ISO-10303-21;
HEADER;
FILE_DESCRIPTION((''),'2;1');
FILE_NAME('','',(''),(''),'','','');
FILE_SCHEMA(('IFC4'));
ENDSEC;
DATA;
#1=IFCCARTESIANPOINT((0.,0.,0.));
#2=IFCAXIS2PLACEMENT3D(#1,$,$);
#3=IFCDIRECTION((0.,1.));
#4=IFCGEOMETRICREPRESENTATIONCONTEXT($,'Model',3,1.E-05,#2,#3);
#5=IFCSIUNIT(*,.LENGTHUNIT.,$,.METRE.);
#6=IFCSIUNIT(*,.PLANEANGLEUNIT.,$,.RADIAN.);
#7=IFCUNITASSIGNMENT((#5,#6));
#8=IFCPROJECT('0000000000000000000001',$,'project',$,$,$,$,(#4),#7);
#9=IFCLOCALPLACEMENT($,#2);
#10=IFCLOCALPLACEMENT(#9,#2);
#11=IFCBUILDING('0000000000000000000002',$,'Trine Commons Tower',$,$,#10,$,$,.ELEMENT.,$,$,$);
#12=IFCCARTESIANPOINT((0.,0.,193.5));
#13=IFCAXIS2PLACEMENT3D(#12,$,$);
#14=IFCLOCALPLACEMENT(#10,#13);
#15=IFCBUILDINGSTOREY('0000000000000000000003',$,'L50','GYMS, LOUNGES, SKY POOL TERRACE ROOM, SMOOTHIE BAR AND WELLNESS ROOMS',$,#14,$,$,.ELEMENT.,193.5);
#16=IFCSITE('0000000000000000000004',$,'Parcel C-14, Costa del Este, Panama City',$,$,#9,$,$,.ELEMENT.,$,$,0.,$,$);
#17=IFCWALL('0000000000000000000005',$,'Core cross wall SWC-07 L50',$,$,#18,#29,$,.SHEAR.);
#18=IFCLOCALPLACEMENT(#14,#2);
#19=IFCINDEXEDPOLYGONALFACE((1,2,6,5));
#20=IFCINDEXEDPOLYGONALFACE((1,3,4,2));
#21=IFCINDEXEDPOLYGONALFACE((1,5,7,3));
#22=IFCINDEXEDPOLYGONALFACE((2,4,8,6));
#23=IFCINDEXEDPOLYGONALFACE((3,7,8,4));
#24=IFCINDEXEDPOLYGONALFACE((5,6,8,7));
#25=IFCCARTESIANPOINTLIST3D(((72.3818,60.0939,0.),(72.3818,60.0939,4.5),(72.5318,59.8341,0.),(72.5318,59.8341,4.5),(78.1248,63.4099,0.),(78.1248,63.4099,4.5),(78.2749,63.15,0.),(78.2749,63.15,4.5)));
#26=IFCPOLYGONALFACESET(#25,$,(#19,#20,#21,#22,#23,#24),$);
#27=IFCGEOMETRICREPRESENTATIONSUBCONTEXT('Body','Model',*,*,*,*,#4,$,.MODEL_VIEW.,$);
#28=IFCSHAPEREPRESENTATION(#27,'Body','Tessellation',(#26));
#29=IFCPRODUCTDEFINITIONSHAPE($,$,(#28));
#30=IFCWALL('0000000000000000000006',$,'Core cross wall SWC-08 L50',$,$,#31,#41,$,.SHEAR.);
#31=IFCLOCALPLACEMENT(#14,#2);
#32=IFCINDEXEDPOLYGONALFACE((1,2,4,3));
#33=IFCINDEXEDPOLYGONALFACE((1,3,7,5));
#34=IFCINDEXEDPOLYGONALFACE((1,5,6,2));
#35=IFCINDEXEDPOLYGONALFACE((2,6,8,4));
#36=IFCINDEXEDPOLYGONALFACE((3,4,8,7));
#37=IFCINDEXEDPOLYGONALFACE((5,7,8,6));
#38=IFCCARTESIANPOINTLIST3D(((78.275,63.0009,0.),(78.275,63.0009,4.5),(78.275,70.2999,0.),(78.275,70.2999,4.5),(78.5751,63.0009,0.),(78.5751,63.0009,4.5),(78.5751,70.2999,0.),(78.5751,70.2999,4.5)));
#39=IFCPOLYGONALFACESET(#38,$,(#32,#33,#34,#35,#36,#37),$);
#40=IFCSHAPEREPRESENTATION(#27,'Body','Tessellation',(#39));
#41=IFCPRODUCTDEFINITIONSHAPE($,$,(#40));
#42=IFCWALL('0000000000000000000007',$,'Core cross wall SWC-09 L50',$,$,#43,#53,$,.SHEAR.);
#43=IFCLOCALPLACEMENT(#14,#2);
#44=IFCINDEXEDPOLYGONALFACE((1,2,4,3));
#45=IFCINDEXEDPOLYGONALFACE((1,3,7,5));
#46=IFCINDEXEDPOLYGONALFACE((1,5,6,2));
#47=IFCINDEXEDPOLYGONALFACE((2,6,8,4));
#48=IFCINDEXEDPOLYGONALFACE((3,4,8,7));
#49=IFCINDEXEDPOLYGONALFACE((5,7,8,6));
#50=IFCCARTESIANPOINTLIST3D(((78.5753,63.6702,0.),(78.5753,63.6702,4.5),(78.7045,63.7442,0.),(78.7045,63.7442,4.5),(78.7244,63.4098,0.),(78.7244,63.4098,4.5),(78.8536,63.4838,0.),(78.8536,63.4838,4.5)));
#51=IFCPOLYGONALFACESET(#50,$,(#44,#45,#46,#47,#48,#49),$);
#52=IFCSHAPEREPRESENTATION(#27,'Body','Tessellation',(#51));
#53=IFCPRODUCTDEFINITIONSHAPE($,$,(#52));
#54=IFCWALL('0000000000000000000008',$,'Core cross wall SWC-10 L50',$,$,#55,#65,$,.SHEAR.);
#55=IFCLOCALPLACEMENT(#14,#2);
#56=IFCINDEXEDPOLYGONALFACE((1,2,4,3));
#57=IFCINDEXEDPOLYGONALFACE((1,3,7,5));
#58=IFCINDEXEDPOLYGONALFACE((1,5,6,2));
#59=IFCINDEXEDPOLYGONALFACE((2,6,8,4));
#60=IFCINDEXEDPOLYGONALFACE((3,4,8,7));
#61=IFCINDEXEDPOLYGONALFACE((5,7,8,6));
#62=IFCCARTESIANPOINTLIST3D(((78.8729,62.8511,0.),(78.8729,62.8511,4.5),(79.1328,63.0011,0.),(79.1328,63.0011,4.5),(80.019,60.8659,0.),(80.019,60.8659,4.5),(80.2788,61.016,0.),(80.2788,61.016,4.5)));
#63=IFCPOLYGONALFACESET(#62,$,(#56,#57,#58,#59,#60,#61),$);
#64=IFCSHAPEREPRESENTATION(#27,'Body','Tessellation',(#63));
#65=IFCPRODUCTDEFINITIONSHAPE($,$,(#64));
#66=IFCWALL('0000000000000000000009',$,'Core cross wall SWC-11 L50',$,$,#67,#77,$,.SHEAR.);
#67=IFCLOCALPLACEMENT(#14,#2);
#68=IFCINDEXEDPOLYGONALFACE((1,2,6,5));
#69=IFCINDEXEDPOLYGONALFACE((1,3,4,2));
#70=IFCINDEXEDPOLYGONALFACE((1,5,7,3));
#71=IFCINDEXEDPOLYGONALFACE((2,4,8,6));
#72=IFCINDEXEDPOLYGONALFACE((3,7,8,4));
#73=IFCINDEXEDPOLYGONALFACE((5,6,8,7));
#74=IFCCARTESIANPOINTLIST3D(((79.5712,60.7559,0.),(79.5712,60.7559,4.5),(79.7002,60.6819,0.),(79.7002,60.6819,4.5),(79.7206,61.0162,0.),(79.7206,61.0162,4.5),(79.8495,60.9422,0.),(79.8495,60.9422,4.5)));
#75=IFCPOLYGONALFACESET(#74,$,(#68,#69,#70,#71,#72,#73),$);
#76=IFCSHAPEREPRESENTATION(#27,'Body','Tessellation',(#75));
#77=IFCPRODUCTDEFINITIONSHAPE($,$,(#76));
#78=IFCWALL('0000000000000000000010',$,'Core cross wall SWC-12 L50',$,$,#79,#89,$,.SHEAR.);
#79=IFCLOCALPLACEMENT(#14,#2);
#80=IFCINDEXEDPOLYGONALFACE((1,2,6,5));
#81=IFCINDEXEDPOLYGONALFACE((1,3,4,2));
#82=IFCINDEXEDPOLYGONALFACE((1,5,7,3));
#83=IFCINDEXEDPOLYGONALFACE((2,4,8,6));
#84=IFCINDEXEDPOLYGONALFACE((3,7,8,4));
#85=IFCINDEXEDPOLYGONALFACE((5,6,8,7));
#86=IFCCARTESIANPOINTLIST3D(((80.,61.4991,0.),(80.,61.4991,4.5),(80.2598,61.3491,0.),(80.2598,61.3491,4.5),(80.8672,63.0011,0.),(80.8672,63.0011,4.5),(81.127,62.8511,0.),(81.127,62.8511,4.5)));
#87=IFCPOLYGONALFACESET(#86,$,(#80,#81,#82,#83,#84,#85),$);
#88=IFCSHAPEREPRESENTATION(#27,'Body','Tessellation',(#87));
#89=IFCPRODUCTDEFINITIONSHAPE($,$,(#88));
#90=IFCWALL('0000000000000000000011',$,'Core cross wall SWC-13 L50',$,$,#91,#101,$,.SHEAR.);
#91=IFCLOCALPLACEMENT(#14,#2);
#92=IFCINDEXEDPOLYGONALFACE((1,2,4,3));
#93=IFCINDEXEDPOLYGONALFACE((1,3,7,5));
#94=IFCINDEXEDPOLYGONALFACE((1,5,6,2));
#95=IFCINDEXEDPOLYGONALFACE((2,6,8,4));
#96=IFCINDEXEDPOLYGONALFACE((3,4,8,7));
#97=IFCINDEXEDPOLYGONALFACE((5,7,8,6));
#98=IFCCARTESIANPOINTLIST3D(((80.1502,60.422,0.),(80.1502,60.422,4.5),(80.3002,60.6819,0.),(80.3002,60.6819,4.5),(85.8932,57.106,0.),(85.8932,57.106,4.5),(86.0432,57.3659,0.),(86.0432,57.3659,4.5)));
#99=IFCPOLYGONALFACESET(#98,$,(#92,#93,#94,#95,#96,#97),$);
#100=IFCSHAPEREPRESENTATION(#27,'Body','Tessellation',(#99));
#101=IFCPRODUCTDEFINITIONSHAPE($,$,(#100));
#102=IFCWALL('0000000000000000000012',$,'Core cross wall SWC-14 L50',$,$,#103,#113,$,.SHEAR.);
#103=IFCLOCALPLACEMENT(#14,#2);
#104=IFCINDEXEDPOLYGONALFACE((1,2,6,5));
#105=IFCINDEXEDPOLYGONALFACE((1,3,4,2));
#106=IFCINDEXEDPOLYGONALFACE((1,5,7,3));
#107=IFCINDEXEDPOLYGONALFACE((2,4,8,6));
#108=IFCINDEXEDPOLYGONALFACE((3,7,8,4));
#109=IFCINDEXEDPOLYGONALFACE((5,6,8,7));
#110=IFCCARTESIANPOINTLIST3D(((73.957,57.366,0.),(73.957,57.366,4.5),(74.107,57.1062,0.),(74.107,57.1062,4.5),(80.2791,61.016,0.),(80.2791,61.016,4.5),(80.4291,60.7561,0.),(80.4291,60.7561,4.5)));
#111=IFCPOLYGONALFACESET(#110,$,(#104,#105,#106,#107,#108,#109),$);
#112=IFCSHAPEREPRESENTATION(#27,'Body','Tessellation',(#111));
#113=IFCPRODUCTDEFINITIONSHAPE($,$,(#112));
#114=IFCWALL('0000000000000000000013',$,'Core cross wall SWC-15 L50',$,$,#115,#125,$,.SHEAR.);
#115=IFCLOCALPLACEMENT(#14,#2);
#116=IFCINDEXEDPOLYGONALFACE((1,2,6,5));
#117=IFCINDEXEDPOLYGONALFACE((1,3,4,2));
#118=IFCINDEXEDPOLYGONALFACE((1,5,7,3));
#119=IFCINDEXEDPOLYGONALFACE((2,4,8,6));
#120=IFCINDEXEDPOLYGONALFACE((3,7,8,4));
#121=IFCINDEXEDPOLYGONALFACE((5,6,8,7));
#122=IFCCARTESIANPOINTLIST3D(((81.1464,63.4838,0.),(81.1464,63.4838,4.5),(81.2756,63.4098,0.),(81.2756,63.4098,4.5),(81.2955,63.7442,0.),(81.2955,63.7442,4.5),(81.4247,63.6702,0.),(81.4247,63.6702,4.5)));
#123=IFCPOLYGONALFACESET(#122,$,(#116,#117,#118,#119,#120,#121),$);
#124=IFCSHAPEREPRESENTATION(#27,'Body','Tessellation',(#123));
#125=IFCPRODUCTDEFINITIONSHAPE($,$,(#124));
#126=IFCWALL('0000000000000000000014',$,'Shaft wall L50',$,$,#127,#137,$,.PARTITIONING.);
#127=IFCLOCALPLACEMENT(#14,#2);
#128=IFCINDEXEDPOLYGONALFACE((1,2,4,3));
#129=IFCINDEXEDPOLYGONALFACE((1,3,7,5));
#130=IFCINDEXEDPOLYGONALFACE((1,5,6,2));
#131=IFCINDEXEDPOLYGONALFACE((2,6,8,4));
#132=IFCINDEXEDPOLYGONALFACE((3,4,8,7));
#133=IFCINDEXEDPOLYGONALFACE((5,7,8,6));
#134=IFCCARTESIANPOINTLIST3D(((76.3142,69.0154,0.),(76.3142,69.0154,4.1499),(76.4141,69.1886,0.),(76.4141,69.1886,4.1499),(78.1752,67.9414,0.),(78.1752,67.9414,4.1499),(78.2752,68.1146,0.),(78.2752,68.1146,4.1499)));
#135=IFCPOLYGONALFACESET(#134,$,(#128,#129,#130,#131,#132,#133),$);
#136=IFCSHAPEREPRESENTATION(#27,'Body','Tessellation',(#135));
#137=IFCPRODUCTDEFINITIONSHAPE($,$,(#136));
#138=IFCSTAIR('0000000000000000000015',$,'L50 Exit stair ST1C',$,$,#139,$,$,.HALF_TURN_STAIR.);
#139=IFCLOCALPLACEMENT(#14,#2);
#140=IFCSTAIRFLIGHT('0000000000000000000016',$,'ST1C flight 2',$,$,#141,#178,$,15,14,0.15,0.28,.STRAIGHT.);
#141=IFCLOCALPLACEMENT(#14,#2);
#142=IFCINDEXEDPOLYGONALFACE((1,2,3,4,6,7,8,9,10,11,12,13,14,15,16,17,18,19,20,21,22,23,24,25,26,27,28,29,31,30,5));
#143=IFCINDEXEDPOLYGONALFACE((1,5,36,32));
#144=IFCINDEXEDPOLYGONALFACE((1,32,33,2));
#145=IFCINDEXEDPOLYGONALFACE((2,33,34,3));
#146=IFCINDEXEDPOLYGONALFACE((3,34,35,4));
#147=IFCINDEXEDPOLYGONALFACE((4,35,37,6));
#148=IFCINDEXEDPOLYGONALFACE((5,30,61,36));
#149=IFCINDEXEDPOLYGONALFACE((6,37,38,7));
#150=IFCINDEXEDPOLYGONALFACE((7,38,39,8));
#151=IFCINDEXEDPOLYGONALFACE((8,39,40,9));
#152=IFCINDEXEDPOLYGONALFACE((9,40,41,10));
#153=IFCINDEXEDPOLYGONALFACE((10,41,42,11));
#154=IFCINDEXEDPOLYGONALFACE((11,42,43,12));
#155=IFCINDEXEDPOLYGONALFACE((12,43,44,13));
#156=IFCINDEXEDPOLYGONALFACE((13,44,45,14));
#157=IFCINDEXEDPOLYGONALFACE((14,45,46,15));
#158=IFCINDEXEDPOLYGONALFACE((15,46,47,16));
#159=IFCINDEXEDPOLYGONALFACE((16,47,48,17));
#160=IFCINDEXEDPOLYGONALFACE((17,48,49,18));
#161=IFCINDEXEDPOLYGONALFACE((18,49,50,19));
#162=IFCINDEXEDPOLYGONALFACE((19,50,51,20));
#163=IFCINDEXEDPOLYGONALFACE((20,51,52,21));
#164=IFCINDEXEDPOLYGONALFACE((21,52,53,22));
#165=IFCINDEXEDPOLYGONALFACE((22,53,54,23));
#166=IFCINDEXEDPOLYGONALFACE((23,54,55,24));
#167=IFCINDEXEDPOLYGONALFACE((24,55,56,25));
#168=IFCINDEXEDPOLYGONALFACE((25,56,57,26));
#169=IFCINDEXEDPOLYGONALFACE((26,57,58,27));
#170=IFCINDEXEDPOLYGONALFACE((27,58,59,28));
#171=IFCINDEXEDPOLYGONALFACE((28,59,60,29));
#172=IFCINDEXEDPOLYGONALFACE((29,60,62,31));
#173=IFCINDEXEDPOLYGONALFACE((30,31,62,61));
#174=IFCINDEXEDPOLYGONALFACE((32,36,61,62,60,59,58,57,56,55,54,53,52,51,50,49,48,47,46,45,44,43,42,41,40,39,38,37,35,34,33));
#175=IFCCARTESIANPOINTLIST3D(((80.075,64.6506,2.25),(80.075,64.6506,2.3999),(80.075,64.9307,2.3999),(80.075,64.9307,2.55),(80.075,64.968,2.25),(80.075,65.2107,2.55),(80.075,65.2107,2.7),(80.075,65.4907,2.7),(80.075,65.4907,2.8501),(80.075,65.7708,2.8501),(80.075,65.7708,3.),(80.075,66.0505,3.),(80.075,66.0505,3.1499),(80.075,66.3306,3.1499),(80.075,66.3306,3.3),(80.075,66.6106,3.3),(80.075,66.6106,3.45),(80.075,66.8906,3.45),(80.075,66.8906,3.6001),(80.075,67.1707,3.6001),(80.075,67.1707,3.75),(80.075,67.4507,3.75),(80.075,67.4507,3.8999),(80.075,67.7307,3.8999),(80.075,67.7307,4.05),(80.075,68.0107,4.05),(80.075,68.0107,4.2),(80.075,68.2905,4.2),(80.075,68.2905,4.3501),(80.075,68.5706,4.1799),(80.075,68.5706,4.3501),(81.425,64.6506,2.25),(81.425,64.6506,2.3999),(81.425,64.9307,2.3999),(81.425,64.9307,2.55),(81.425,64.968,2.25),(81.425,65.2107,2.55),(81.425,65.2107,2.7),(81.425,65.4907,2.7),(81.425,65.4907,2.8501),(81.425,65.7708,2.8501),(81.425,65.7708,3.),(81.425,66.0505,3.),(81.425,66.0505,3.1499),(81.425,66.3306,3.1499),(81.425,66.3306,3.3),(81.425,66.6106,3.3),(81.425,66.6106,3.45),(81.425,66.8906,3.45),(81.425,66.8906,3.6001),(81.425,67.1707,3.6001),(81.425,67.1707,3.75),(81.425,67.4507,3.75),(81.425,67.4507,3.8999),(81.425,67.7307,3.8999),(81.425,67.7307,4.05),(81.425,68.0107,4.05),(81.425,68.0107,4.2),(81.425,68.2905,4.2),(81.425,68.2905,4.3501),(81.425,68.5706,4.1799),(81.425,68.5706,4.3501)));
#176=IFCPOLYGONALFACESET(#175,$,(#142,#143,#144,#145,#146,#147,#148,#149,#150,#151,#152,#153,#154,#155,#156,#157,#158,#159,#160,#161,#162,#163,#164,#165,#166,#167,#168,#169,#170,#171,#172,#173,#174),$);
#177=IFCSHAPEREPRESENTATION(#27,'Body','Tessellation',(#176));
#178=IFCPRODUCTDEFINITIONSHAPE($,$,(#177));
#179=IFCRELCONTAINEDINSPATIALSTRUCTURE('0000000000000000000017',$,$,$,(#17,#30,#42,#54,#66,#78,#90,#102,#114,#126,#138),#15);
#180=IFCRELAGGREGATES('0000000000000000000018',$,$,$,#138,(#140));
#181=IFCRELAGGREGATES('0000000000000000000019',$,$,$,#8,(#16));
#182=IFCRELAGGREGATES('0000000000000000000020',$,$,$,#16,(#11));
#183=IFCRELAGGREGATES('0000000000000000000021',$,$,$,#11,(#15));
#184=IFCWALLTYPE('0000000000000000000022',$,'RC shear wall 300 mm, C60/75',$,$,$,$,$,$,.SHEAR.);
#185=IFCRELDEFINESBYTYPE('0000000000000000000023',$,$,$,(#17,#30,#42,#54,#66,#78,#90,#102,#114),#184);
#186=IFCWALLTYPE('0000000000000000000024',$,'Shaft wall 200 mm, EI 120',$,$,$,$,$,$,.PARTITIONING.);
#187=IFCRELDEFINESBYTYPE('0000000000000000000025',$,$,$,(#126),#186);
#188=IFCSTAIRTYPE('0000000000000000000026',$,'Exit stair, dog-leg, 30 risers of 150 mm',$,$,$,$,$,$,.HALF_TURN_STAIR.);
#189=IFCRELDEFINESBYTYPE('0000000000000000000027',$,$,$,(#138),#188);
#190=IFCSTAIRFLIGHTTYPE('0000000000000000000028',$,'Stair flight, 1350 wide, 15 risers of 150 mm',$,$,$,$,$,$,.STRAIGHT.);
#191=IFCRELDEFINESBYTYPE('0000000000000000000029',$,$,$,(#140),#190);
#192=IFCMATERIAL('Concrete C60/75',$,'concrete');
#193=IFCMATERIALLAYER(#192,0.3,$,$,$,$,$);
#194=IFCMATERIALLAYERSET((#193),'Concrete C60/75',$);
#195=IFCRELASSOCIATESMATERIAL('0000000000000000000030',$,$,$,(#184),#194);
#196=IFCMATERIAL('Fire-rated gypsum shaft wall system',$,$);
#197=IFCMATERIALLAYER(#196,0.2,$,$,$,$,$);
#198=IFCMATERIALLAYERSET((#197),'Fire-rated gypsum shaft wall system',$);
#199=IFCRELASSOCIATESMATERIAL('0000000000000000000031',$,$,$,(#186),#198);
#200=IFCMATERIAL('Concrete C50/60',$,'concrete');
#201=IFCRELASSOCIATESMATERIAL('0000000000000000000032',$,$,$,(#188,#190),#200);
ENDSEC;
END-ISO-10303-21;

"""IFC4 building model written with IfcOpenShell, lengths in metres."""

from ifc_helpers import new_model, si_unit, direction, frame, frame_2d, origin, place, context, subcontext, project, spatial, polyline, rectangle, outline, extrude, material, layer, layer_set, type_object, element, aggregate, save


model = new_model("IFC4")

# Units and contexts
model_context = context("Model", 3, precision=1e-05, world=origin(), true_north=direction((0.0, 1.0)))
body_context = subcontext(model_context, "Body", "Model", "MODEL_VIEW")
ifc_project = project(units=[si_unit("LENGTHUNIT", "METRE"), si_unit("PLANEANGLEUNIT", "RADIAN")], contexts=[model_context])

# Site, building, storey
site_placement = place(None, origin())
site = spatial("IfcSite", under=ifc_project, at=site_placement, Name="Parcel C-14, Costa del Este, Panama City", CompositionType="ELEMENT", RefElevation=0.0)
building_placement = place(site_placement, origin())
building = spatial("IfcBuilding", under=site, at=building_placement, Name="Trine Commons Tower", CompositionType="ELEMENT")
storey_placement = place(building_placement, frame((0.0, 0.0, 193.5)))
storey = spatial("IfcBuildingStorey", under=building, at=storey_placement, Name="L50", Description="GYMS, LOUNGES, SKY POOL TERRACE ROOM, SMOOTHIE BAR AND WELLNESS ROOMS", CompositionType="ELEMENT", Elevation=193.5)

# Walls
ifc_material_1 = material(Name="Concrete C60/75", Category="concrete")
ifc_layer_1 = layer(ifc_material_1, 0.3)
ifc_layer_set_1 = layer_set([ifc_layer_1], Name="Concrete C60/75")
wall_type_1 = type_object("IfcWallType", Name="RC shear wall 300 mm, C60/75", PredefinedType="SHEAR", material=ifc_layer_set_1)
wall_1_placement = place(storey_placement, frame((78.2, 63.28, 0.0), z_axis=(0.0, 0.0, 1.0), x_axis=(-0.86601, -0.500027, 0.0)))
element("IfcWall", 1, at=wall_1_placement, inside=storey, type_object=wall_type_1, Name="Core cross wall SWC-07 L50", PredefinedType="SHEAR", context=body_context, shape_type="SweptSolid", body=[
    extrude(rectangle(XDim=6.6316, YDim=0.3, at=frame_2d((3.3159, 0.0))), origin(), (0.0, 0.0, 1.0), 4.5),
])
wall_2_placement = place(storey_placement, frame((78.425, 63.001, 0.0), z_axis=(0.0, 0.0, 1.0), x_axis=(0.0, 1.0, 0.0)))
element("IfcWall", 2, at=wall_2_placement, inside=storey, type_object=wall_type_1, Name="Core cross wall SWC-08 L50", PredefinedType="SHEAR", context=body_context, shape_type="SweptSolid", body=[
    extrude(rectangle(XDim=7.2991, YDim=0.3, at=frame_2d((3.6494, 0.0))), origin(), (0.0, 0.0, 1.0), 4.5),
])
wall_3_placement = place(storey_placement, frame((78.7791, 63.614, 0.0), z_axis=(0.0, 0.0, 1.0), x_axis=(-0.867738, -0.497022, 0.0)))
element("IfcWall", 3, at=wall_3_placement, inside=storey, type_object=wall_type_1, Name="Core cross wall SWC-09 L50", PredefinedType="SHEAR", context=body_context, shape_type="SweptSolid", body=[
    extrude(rectangle(XDim=0.1489, YDim=0.3, at=frame_2d((0.0745, 0.0))), origin(), (0.0, 0.0, 1.0), 4.5),
])
wall_4_placement = place(storey_placement, frame((79.0029, 62.926, 0.0), z_axis=(0.0, 0.0, 1.0), x_axis=(0.499965, -0.866045, 0.0)))
element("IfcWall", 4, at=wall_4_placement, inside=storey, type_object=wall_type_1, Name="Core cross wall SWC-10 L50", PredefinedType="SHEAR", context=body_context, shape_type="SweptSolid", body=[
    extrude(rectangle(XDim=2.2922, YDim=0.3, at=frame_2d((1.146, 0.0))), origin(), (0.0, 0.0, 1.0), 4.5),
])
wall_5_placement = place(storey_placement, frame((79.646, 60.886, 0.0), z_axis=(0.0, 0.0, 1.0), x_axis=(0.867332, -0.49773, 0.0)))
element("IfcWall", 5, at=wall_5_placement, inside=storey, type_object=wall_type_1, Name="Core cross wall SWC-11 L50", PredefinedType="SHEAR", context=body_context, shape_type="SweptSolid", body=[
    extrude(rectangle(XDim=0.1487, YDim=0.3, at=frame_2d((0.0742, 0.0))), origin(), (0.0, 0.0, 1.0), 4.5),
])
wall_6_placement = place(storey_placement, frame((80.1299, 61.4241, 0.0), z_axis=(0.0, 0.0, 1.0), x_axis=(0.500015, 0.866017, 0.0)))
element("IfcWall", 6, at=wall_6_placement, inside=storey, type_object=wall_type_1, Name="Core cross wall SWC-12 L50", PredefinedType="SHEAR", context=body_context, shape_type="SweptSolid", body=[
    extrude(rectangle(XDim=1.7344, YDim=0.3, at=frame_2d((0.8672, 0.0))), origin(), (0.0, 0.0, 1.0), 4.5),
])
wall_7_placement = place(storey_placement, frame((80.2251, 60.552, 0.0), z_axis=(0.0, 0.0, 1.0), x_axis=(0.86601, -0.500027, 0.0)))
element("IfcWall", 7, at=wall_7_placement, inside=storey, type_object=wall_type_1, Name="Core cross wall SWC-13 L50", PredefinedType="SHEAR", context=body_context, shape_type="SweptSolid", body=[
    extrude(rectangle(XDim=6.6316, YDim=0.3, at=frame_2d((3.3159, 0.0))), origin(), (0.0, 0.0, 1.0), 4.5),
])
wall_8_placement = place(storey_placement, frame((80.354, 60.886, 0.0), z_axis=(0.0, 0.0, 1.0), x_axis=(-0.866032, -0.499988, 0.0)))
element("IfcWall", 8, at=wall_8_placement, inside=storey, type_object=wall_type_1, Name="Core cross wall SWC-14 L50", PredefinedType="SHEAR", context=body_context, shape_type="SweptSolid", body=[
    extrude(rectangle(XDim=7.3, YDim=0.3, at=frame_2d((3.6499, 0.0))), origin(), (0.0, 0.0, 1.0), 4.5),
])
wall_9_placement = place(storey_placement, frame((81.2209, 63.614, 0.0), z_axis=(0.0, 0.0, 1.0), x_axis=(0.867738, -0.497022, 0.0)))
element("IfcWall", 9, at=wall_9_placement, inside=storey, type_object=wall_type_1, Name="Core cross wall SWC-15 L50", PredefinedType="SHEAR", context=body_context, shape_type="SweptSolid", body=[
    extrude(rectangle(XDim=0.1489, YDim=0.3, at=frame_2d((0.0745, 0.0))), origin(), (0.0, 0.0, 1.0), 4.5),
])
ifc_material_2 = material(Name="Fire-rated gypsum shaft wall system")
ifc_layer_2 = layer(ifc_material_2, 0.2)
ifc_layer_set_2 = layer_set([ifc_layer_2], Name="Fire-rated gypsum shaft wall system")
wall_type_2 = type_object("IfcWallType", Name="Shaft wall 200 mm, EI 120", PredefinedType="PARTITIONING", material=ifc_layer_set_2)
wall_10_placement = place(storey_placement, frame((78.2251, 68.0281, 0.0), z_axis=(0.0, 0.0, 1.0), x_axis=(-0.866131, 0.499818, 0.0)))
element("IfcWall", 10, at=wall_10_placement, inside=storey, type_object=wall_type_2, Name="Shaft wall L50", PredefinedType="PARTITIONING", context=body_context, shape_type="SweptSolid", body=[
    extrude(rectangle(XDim=2.1487, YDim=0.2, at=frame_2d((1.0742, 0.0))), origin(), (0.0, 0.0, 1.0), 4.1499),
])

# Stair, stair flight
ifc_material_3 = material(Name="Concrete C50/60", Category="concrete")
stair_type = type_object("IfcStairType", Name="Exit stair, dog-leg, 30 risers of 150 mm", PredefinedType="HALF_TURN_STAIR", material=ifc_material_3)
stair_placement = place(storey_placement, origin())
stair = element("IfcStair", 11, at=stair_placement, inside=storey, type_object=stair_type, Name="L50 Exit stair ST1C", PredefinedType="HALF_TURN_STAIR")
stair_flight_type = type_object("IfcStairFlightType", Name="Stair flight, 1350 wide, 15 risers of 150 mm", PredefinedType="STRAIGHT", material=ifc_material_3)
stair_flight_placement = place(storey_placement, frame((80.75, 64.6506, 2.25), z_axis=(0.0, 0.0, 1.0), x_axis=(0.0, 1.0, 0.0)))
stair_flight = element("IfcStairFlight", 12, at=stair_flight_placement, type_object=stair_flight_type, Name="ST1C flight 2", NumberOfRisers=15, NumberOfTreads=14, PredefinedType="STRAIGHT", RiserHeight=0.15, TreadLength=0.28, context=body_context, shape_type="SweptSolid", body=[
    extrude(outline(polyline([(0.0, 0.0), (0.0, 0.1499), (0.28, 0.1499), (0.28, 0.3), (0.5601, 0.3), (0.5601, 0.45), (0.8401, 0.45), (0.8401, 0.6001), (1.1201, 0.6001), (1.1201, 0.75), (1.3999, 0.75), (1.3999, 0.8999), (1.6799, 0.8999), (1.6799, 1.05), (1.96, 1.05), (1.96, 1.2), (2.24, 1.2), (2.24, 1.3501), (2.52, 1.3501), (2.52, 1.5), (2.8, 1.5), (2.8, 1.6499), (3.0801, 1.6499), (3.0801, 1.8), (3.3601, 1.8), (3.3601, 1.95), (3.6399, 1.95), (3.6399, 2.1001), (3.9199, 2.1001), (3.9199, 2.25), (3.9199, 1.9299), (0.3174, 0.0), (0.0, 0.0)])), frame((0.0, 0.675, 0.0), z_axis=(0.0, -1.0, 0.0), x_axis=(1.0, 0.0, 0.0)), (0.0, 0.0, 1.0), 1.3501),
])
aggregate(stair, [stair_flight])

save(model, "model.ifc")
